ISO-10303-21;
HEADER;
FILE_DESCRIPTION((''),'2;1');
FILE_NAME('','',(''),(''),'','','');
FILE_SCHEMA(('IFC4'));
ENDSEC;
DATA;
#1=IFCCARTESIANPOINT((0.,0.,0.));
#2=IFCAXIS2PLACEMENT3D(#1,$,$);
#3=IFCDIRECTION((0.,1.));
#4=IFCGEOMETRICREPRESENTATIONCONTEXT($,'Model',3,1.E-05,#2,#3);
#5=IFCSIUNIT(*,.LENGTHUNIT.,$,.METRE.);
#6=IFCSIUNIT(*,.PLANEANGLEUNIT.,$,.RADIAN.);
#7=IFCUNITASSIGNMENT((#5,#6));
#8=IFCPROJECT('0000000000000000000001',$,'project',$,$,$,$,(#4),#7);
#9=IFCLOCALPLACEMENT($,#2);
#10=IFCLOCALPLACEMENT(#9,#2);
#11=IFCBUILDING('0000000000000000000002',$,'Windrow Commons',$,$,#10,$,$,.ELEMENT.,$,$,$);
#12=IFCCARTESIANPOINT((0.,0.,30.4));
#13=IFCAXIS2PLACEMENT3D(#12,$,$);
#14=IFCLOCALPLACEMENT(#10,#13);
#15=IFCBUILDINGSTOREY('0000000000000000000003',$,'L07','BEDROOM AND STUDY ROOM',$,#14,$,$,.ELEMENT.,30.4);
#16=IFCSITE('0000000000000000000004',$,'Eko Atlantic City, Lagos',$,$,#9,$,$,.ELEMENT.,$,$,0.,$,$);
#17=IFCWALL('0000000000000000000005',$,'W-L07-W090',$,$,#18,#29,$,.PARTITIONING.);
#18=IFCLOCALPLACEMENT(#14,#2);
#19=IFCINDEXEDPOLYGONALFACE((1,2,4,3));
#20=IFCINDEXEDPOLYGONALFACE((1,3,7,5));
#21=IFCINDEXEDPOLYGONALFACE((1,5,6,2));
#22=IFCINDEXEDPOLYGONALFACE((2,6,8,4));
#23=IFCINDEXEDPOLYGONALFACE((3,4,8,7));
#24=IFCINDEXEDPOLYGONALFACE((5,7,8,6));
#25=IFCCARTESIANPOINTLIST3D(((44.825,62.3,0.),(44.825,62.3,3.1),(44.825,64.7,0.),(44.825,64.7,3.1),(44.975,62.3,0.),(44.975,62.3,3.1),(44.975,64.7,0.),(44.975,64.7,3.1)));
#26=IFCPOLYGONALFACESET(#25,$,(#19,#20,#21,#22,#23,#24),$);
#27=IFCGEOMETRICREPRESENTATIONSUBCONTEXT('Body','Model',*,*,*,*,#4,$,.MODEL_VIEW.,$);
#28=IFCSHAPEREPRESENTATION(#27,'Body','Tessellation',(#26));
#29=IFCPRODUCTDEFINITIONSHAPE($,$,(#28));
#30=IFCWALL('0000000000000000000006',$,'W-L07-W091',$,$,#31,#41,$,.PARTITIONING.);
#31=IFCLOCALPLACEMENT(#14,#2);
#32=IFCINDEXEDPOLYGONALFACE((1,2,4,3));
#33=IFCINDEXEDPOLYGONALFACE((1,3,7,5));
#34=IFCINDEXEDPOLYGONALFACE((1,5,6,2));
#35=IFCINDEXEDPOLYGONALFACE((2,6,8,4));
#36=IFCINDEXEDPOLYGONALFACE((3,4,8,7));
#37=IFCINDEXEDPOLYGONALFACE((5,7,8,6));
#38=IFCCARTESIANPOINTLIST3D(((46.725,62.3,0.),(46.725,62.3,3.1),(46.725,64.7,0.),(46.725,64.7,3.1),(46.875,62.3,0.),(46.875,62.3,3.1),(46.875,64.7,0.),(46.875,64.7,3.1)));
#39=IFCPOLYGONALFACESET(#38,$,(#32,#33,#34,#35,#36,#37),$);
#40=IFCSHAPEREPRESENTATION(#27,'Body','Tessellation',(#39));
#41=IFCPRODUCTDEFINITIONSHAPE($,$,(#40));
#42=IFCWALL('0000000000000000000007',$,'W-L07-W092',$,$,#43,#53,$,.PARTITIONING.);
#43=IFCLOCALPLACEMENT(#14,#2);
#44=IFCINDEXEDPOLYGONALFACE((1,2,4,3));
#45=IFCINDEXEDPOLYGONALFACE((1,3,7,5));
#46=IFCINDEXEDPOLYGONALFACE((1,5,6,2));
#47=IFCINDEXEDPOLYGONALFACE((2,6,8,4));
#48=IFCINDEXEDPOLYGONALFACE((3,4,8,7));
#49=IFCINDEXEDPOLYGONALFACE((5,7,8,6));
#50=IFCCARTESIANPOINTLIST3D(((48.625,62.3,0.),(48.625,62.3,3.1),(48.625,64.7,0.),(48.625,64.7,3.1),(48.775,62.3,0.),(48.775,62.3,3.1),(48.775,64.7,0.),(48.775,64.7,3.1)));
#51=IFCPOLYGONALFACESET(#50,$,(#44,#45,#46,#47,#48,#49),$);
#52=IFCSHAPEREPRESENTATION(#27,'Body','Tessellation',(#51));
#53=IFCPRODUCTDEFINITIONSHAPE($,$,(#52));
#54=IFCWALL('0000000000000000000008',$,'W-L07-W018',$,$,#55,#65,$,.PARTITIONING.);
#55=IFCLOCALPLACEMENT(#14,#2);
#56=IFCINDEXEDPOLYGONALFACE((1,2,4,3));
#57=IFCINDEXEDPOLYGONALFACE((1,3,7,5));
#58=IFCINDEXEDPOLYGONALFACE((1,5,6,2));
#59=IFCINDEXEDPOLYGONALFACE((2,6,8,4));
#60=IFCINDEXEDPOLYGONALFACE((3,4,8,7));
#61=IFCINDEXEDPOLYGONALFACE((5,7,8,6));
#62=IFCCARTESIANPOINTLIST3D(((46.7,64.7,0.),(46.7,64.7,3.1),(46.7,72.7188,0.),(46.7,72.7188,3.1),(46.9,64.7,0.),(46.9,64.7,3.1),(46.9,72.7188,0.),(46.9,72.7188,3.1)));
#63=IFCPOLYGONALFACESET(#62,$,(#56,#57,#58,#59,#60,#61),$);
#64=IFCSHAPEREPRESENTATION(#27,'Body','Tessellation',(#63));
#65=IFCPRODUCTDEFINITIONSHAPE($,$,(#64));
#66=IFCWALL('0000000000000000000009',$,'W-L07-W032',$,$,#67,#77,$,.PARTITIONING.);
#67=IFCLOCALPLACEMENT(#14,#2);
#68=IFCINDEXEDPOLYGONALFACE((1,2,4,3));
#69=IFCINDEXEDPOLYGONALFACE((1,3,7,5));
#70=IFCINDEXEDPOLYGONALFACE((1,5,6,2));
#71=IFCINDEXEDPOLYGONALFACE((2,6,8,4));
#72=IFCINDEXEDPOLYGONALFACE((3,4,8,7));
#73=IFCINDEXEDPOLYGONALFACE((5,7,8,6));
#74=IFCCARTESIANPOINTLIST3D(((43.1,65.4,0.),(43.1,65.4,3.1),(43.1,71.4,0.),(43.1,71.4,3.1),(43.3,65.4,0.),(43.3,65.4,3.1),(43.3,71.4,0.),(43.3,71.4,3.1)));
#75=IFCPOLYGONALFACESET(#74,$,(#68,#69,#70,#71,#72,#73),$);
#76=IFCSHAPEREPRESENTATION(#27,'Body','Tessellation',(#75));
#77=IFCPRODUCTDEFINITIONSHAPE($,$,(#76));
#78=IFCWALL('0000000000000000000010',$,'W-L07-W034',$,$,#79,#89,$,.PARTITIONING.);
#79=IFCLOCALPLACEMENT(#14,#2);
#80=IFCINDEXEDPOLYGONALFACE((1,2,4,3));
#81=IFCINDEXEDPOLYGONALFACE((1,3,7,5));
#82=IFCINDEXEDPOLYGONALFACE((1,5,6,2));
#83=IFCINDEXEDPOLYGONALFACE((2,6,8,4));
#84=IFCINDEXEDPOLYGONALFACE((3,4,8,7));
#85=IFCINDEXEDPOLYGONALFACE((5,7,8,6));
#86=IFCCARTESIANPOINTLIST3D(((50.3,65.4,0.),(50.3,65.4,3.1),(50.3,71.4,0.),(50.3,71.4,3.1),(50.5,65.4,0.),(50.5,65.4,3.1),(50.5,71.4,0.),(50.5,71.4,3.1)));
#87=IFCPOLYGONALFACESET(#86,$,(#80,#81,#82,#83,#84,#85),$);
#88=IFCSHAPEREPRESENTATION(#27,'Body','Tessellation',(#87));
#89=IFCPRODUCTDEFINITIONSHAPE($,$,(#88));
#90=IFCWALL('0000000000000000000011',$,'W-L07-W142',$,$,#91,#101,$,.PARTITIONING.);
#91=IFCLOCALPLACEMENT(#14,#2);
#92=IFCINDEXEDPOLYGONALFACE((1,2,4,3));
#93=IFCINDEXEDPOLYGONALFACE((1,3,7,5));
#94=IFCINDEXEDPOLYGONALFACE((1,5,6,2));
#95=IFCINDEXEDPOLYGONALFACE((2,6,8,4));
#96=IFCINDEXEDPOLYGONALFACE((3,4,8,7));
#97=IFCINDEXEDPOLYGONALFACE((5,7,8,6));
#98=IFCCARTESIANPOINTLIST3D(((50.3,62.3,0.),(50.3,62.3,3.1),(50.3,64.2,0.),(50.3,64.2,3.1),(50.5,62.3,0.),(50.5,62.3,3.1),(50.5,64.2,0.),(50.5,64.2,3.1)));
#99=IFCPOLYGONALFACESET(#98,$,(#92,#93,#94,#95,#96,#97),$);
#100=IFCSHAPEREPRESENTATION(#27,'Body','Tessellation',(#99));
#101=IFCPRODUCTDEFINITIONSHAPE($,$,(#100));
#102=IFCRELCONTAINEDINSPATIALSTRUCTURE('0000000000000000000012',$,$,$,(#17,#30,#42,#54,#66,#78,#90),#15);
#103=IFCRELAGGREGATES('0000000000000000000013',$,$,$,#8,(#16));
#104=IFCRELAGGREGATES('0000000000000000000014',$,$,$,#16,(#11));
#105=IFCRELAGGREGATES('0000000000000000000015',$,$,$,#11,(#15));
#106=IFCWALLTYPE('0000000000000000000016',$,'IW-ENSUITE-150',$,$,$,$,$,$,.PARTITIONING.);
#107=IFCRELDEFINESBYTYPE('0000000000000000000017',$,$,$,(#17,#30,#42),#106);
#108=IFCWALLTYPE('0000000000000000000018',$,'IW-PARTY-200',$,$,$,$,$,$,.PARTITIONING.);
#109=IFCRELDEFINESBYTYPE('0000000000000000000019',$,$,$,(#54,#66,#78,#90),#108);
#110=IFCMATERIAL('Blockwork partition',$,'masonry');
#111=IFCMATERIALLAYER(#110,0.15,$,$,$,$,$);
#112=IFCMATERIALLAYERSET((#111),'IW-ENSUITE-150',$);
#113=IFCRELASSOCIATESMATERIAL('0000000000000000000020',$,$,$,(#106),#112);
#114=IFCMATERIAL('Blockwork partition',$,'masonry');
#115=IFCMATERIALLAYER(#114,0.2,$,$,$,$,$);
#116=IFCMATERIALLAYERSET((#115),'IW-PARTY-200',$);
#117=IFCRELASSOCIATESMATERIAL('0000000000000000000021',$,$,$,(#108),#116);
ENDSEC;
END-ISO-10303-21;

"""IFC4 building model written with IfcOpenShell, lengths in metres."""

from ifc_helpers import new_model, si_unit, direction, frame, frame_2d, origin, place, context, subcontext, project, spatial, rectangle, extrude, material, layer, layer_set, type_object, element, save


model = new_model("IFC4")

# Units and contexts
model_context = context("Model", 3, precision=1e-05, world=origin(), true_north=direction((0.0, 1.0)))
body_context = subcontext(model_context, "Body", "Model", "MODEL_VIEW")
ifc_project = project(units=[si_unit("LENGTHUNIT", "METRE"), si_unit("PLANEANGLEUNIT", "RADIAN")], contexts=[model_context])

# Site, building, storey
site_placement = place(None, origin())
site = spatial("IfcSite", under=ifc_project, at=site_placement, Name="Eko Atlantic City, Lagos", CompositionType="ELEMENT", RefElevation=0.0)
building_placement = place(site_placement, origin())
building = spatial("IfcBuilding", under=site, at=building_placement, Name="Windrow Commons", CompositionType="ELEMENT")
storey_placement = place(building_placement, frame((0.0, 0.0, 30.4)))
storey = spatial("IfcBuildingStorey", under=building, at=storey_placement, Name="L07", Description="BEDROOM AND STUDY ROOM", CompositionType="ELEMENT", Elevation=30.4)

# Shared definitions
ifc_material_1 = material(Name="Blockwork partition", Category="masonry")
ifc_layer_1 = layer(ifc_material_1, 0.15)
ifc_layer_set_1 = layer_set([ifc_layer_1], Name="IW-ENSUITE-150")
wall_type_1 = type_object("IfcWallType", Name="IW-ENSUITE-150", PredefinedType="PARTITIONING", material=ifc_layer_set_1)

# Walls
for number, where, z_axis, x_axis, name in (
    (1, (44.9, 62.3, 0.0), (0.0, 0.0, 1.0), (0.0, 1.0, 0.0), "W-L07-W090"),
    (2, (46.8, 62.3, 0.0), (0.0, 0.0, 1.0), (0.0, 1.0, 0.0), "W-L07-W091"),
    (3, (48.7, 62.3, 0.0), (0.0, 0.0, 1.0), (0.0, 1.0, 0.0), "W-L07-W092"),
):
    element("IfcWall", number, at=place(storey_placement, frame(where, z_axis=z_axis, x_axis=x_axis)), inside=storey, type_object=wall_type_1, Name=name, PredefinedType="PARTITIONING", context=body_context, shape_type="SweptSolid", body=[
        extrude(rectangle(XDim=2.4, YDim=0.15, at=frame_2d((1.2, 0.0))), origin(), (0.0, 0.0, 1.0), 3.1),
    ])
ifc_material_2 = material(Name="Blockwork partition", Category="masonry")
ifc_layer_2 = layer(ifc_material_2, 0.2)
ifc_layer_set_2 = layer_set([ifc_layer_2], Name="IW-PARTY-200")
wall_type_2 = type_object("IfcWallType", Name="IW-PARTY-200", PredefinedType="PARTITIONING", material=ifc_layer_set_2)
wall_1_placement = place(storey_placement, frame((46.8, 64.7, 0.0), z_axis=(0.0, 0.0, 1.0), x_axis=(0.0, 1.0, 0.0)))
element("IfcWall", 4, at=wall_1_placement, inside=storey, type_object=wall_type_2, Name="W-L07-W018", PredefinedType="PARTITIONING", context=body_context, shape_type="SweptSolid", body=[
    extrude(rectangle(XDim=8.0187, YDim=0.2, at=frame_2d((4.0094, 0.0))), origin(), (0.0, 0.0, 1.0), 3.1),
])
for number, where, z_axis, x_axis, name in (
    (5, (43.2, 65.4, 0.0), (0.0, 0.0, 1.0), (0.0, 1.0, 0.0), "W-L07-W032"),
    (6, (50.4, 65.4, 0.0), (0.0, 0.0, 1.0), (0.0, 1.0, 0.0), "W-L07-W034"),
):
    element("IfcWall", number, at=place(storey_placement, frame(where, z_axis=z_axis, x_axis=x_axis)), inside=storey, type_object=wall_type_2, Name=name, PredefinedType="PARTITIONING", context=body_context, shape_type="SweptSolid", body=[
        extrude(rectangle(XDim=6.0, YDim=0.2, at=frame_2d((3.0, 0.0))), origin(), (0.0, 0.0, 1.0), 3.1),
    ])
wall_2_placement = place(storey_placement, frame((50.4, 62.3, 0.0), z_axis=(0.0, 0.0, 1.0), x_axis=(0.0, 1.0, 0.0)))
element("IfcWall", 7, at=wall_2_placement, inside=storey, type_object=wall_type_2, Name="W-L07-W142", PredefinedType="PARTITIONING", context=body_context, shape_type="SweptSolid", body=[
    extrude(rectangle(XDim=1.9, YDim=0.2, at=frame_2d((0.95, 0.0))), origin(), (0.0, 0.0, 1.0), 3.1),
])

save(model, "model.ifc")
